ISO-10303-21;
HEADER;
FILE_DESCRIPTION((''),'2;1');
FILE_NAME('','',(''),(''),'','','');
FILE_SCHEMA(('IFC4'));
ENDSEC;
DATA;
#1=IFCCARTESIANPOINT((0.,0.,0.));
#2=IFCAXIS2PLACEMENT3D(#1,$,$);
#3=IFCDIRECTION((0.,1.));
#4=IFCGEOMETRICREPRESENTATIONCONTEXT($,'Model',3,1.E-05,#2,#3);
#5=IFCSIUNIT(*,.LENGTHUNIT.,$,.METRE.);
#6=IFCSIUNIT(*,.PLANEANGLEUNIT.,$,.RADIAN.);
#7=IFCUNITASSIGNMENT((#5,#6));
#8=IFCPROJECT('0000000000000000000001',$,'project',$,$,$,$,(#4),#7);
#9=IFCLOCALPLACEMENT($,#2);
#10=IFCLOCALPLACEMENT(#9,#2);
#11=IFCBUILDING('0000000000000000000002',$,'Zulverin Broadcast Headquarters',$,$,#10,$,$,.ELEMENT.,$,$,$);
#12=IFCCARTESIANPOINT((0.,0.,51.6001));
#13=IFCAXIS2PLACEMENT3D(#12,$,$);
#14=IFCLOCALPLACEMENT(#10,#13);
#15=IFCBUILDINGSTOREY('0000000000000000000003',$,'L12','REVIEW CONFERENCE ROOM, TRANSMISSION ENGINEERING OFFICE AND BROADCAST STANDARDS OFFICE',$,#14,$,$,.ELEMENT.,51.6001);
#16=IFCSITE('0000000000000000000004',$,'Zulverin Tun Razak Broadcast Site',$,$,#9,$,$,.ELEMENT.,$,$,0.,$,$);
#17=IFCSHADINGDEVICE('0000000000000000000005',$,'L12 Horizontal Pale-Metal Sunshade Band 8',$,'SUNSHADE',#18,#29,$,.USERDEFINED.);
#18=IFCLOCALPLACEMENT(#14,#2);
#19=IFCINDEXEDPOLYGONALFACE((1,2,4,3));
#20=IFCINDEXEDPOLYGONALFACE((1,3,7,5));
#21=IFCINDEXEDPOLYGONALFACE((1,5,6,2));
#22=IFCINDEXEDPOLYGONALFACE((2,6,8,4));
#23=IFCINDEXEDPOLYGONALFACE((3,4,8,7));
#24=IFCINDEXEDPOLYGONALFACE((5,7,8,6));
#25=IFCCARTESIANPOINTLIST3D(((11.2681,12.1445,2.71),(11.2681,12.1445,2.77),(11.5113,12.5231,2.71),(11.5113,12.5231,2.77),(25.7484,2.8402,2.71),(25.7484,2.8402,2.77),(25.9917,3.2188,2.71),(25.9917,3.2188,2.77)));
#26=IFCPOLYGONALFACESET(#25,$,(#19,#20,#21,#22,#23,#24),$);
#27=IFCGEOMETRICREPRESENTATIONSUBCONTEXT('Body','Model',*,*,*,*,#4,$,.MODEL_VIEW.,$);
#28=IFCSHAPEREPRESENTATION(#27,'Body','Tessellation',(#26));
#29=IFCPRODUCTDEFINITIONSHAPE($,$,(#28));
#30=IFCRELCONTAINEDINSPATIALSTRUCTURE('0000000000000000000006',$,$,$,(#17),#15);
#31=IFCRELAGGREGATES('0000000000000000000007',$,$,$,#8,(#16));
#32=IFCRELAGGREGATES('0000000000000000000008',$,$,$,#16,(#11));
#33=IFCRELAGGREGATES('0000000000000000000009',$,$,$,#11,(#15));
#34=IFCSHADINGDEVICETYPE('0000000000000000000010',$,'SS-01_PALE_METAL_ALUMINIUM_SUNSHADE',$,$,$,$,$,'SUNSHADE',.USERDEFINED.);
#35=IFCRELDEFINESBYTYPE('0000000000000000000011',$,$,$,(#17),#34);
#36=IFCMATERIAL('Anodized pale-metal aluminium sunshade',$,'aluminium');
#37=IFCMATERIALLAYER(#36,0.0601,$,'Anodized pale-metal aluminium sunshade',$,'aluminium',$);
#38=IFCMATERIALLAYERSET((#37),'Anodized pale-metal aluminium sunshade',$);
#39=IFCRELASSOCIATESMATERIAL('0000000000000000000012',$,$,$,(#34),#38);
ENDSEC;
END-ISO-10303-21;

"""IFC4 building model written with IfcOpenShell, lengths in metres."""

from ifc_helpers import new_model, si_unit, direction, frame, origin, origin_2d, place, context, subcontext, project, spatial, rectangle, extrude, material, layer, layer_set, type_object, element, save


model = new_model("IFC4")

# Units and contexts
model_context = context("Model", 3, precision=1e-05, world=origin(), true_north=direction((0.0, 1.0)))
body_context = subcontext(model_context, "Body", "Model", "MODEL_VIEW")
ifc_project = project(units=[si_unit("LENGTHUNIT", "METRE"), si_unit("PLANEANGLEUNIT", "RADIAN")], contexts=[model_context])

# Site, building, storey
site_placement = place(None, origin())
site = spatial("IfcSite", under=ifc_project, at=site_placement, Name="Zulverin Tun Razak Broadcast Site", CompositionType="ELEMENT", RefElevation=0.0)
building_placement = place(site_placement, origin())
building = spatial("IfcBuilding", under=site, at=building_placement, Name="Zulverin Broadcast Headquarters", CompositionType="ELEMENT")
storey_placement = place(building_placement, frame((0.0, 0.0, 51.6001)))
storey = spatial("IfcBuildingStorey", under=building, at=storey_placement, Name="L12", Description="REVIEW CONFERENCE ROOM, TRANSMISSION ENGINEERING OFFICE AND BROADCAST STANDARDS OFFICE", CompositionType="ELEMENT", Elevation=51.6001)

# Shading device
ifc_material_1 = material(Name="Anodized pale-metal aluminium sunshade", Category="aluminium")
ifc_layer_1 = layer(ifc_material_1, 0.0601, Name="Anodized pale-metal aluminium sunshade", Category="aluminium")
ifc_layer_set_1 = layer_set([ifc_layer_1], Name="Anodized pale-metal aluminium sunshade")
shading_device_type_1 = type_object("IfcShadingDeviceType", Name="SS-01_PALE_METAL_ALUMINIUM_SUNSHADE", ElementType="SUNSHADE", PredefinedType="USERDEFINED", material=ifc_layer_set_1)
shading_device_1_placement = place(storey_placement, frame((18.6299, 7.6816, 2.71), z_axis=(0.0, 0.0, 1.0), x_axis=(0.841297, -0.540574, 0.0)))
element("IfcShadingDevice", 1, at=shading_device_1_placement, inside=storey, type_object=shading_device_type_1, Name="L12 Horizontal Pale-Metal Sunshade Band 8", ObjectType="SUNSHADE", PredefinedType="USERDEFINED", context=body_context, shape_type="SweptSolid", body=[
    extrude(rectangle(XDim=17.2119, YDim=0.45, at=origin_2d()), origin(), (0.0, 0.0, 1.0), 0.0601),
])

save(model, "model.ifc")
